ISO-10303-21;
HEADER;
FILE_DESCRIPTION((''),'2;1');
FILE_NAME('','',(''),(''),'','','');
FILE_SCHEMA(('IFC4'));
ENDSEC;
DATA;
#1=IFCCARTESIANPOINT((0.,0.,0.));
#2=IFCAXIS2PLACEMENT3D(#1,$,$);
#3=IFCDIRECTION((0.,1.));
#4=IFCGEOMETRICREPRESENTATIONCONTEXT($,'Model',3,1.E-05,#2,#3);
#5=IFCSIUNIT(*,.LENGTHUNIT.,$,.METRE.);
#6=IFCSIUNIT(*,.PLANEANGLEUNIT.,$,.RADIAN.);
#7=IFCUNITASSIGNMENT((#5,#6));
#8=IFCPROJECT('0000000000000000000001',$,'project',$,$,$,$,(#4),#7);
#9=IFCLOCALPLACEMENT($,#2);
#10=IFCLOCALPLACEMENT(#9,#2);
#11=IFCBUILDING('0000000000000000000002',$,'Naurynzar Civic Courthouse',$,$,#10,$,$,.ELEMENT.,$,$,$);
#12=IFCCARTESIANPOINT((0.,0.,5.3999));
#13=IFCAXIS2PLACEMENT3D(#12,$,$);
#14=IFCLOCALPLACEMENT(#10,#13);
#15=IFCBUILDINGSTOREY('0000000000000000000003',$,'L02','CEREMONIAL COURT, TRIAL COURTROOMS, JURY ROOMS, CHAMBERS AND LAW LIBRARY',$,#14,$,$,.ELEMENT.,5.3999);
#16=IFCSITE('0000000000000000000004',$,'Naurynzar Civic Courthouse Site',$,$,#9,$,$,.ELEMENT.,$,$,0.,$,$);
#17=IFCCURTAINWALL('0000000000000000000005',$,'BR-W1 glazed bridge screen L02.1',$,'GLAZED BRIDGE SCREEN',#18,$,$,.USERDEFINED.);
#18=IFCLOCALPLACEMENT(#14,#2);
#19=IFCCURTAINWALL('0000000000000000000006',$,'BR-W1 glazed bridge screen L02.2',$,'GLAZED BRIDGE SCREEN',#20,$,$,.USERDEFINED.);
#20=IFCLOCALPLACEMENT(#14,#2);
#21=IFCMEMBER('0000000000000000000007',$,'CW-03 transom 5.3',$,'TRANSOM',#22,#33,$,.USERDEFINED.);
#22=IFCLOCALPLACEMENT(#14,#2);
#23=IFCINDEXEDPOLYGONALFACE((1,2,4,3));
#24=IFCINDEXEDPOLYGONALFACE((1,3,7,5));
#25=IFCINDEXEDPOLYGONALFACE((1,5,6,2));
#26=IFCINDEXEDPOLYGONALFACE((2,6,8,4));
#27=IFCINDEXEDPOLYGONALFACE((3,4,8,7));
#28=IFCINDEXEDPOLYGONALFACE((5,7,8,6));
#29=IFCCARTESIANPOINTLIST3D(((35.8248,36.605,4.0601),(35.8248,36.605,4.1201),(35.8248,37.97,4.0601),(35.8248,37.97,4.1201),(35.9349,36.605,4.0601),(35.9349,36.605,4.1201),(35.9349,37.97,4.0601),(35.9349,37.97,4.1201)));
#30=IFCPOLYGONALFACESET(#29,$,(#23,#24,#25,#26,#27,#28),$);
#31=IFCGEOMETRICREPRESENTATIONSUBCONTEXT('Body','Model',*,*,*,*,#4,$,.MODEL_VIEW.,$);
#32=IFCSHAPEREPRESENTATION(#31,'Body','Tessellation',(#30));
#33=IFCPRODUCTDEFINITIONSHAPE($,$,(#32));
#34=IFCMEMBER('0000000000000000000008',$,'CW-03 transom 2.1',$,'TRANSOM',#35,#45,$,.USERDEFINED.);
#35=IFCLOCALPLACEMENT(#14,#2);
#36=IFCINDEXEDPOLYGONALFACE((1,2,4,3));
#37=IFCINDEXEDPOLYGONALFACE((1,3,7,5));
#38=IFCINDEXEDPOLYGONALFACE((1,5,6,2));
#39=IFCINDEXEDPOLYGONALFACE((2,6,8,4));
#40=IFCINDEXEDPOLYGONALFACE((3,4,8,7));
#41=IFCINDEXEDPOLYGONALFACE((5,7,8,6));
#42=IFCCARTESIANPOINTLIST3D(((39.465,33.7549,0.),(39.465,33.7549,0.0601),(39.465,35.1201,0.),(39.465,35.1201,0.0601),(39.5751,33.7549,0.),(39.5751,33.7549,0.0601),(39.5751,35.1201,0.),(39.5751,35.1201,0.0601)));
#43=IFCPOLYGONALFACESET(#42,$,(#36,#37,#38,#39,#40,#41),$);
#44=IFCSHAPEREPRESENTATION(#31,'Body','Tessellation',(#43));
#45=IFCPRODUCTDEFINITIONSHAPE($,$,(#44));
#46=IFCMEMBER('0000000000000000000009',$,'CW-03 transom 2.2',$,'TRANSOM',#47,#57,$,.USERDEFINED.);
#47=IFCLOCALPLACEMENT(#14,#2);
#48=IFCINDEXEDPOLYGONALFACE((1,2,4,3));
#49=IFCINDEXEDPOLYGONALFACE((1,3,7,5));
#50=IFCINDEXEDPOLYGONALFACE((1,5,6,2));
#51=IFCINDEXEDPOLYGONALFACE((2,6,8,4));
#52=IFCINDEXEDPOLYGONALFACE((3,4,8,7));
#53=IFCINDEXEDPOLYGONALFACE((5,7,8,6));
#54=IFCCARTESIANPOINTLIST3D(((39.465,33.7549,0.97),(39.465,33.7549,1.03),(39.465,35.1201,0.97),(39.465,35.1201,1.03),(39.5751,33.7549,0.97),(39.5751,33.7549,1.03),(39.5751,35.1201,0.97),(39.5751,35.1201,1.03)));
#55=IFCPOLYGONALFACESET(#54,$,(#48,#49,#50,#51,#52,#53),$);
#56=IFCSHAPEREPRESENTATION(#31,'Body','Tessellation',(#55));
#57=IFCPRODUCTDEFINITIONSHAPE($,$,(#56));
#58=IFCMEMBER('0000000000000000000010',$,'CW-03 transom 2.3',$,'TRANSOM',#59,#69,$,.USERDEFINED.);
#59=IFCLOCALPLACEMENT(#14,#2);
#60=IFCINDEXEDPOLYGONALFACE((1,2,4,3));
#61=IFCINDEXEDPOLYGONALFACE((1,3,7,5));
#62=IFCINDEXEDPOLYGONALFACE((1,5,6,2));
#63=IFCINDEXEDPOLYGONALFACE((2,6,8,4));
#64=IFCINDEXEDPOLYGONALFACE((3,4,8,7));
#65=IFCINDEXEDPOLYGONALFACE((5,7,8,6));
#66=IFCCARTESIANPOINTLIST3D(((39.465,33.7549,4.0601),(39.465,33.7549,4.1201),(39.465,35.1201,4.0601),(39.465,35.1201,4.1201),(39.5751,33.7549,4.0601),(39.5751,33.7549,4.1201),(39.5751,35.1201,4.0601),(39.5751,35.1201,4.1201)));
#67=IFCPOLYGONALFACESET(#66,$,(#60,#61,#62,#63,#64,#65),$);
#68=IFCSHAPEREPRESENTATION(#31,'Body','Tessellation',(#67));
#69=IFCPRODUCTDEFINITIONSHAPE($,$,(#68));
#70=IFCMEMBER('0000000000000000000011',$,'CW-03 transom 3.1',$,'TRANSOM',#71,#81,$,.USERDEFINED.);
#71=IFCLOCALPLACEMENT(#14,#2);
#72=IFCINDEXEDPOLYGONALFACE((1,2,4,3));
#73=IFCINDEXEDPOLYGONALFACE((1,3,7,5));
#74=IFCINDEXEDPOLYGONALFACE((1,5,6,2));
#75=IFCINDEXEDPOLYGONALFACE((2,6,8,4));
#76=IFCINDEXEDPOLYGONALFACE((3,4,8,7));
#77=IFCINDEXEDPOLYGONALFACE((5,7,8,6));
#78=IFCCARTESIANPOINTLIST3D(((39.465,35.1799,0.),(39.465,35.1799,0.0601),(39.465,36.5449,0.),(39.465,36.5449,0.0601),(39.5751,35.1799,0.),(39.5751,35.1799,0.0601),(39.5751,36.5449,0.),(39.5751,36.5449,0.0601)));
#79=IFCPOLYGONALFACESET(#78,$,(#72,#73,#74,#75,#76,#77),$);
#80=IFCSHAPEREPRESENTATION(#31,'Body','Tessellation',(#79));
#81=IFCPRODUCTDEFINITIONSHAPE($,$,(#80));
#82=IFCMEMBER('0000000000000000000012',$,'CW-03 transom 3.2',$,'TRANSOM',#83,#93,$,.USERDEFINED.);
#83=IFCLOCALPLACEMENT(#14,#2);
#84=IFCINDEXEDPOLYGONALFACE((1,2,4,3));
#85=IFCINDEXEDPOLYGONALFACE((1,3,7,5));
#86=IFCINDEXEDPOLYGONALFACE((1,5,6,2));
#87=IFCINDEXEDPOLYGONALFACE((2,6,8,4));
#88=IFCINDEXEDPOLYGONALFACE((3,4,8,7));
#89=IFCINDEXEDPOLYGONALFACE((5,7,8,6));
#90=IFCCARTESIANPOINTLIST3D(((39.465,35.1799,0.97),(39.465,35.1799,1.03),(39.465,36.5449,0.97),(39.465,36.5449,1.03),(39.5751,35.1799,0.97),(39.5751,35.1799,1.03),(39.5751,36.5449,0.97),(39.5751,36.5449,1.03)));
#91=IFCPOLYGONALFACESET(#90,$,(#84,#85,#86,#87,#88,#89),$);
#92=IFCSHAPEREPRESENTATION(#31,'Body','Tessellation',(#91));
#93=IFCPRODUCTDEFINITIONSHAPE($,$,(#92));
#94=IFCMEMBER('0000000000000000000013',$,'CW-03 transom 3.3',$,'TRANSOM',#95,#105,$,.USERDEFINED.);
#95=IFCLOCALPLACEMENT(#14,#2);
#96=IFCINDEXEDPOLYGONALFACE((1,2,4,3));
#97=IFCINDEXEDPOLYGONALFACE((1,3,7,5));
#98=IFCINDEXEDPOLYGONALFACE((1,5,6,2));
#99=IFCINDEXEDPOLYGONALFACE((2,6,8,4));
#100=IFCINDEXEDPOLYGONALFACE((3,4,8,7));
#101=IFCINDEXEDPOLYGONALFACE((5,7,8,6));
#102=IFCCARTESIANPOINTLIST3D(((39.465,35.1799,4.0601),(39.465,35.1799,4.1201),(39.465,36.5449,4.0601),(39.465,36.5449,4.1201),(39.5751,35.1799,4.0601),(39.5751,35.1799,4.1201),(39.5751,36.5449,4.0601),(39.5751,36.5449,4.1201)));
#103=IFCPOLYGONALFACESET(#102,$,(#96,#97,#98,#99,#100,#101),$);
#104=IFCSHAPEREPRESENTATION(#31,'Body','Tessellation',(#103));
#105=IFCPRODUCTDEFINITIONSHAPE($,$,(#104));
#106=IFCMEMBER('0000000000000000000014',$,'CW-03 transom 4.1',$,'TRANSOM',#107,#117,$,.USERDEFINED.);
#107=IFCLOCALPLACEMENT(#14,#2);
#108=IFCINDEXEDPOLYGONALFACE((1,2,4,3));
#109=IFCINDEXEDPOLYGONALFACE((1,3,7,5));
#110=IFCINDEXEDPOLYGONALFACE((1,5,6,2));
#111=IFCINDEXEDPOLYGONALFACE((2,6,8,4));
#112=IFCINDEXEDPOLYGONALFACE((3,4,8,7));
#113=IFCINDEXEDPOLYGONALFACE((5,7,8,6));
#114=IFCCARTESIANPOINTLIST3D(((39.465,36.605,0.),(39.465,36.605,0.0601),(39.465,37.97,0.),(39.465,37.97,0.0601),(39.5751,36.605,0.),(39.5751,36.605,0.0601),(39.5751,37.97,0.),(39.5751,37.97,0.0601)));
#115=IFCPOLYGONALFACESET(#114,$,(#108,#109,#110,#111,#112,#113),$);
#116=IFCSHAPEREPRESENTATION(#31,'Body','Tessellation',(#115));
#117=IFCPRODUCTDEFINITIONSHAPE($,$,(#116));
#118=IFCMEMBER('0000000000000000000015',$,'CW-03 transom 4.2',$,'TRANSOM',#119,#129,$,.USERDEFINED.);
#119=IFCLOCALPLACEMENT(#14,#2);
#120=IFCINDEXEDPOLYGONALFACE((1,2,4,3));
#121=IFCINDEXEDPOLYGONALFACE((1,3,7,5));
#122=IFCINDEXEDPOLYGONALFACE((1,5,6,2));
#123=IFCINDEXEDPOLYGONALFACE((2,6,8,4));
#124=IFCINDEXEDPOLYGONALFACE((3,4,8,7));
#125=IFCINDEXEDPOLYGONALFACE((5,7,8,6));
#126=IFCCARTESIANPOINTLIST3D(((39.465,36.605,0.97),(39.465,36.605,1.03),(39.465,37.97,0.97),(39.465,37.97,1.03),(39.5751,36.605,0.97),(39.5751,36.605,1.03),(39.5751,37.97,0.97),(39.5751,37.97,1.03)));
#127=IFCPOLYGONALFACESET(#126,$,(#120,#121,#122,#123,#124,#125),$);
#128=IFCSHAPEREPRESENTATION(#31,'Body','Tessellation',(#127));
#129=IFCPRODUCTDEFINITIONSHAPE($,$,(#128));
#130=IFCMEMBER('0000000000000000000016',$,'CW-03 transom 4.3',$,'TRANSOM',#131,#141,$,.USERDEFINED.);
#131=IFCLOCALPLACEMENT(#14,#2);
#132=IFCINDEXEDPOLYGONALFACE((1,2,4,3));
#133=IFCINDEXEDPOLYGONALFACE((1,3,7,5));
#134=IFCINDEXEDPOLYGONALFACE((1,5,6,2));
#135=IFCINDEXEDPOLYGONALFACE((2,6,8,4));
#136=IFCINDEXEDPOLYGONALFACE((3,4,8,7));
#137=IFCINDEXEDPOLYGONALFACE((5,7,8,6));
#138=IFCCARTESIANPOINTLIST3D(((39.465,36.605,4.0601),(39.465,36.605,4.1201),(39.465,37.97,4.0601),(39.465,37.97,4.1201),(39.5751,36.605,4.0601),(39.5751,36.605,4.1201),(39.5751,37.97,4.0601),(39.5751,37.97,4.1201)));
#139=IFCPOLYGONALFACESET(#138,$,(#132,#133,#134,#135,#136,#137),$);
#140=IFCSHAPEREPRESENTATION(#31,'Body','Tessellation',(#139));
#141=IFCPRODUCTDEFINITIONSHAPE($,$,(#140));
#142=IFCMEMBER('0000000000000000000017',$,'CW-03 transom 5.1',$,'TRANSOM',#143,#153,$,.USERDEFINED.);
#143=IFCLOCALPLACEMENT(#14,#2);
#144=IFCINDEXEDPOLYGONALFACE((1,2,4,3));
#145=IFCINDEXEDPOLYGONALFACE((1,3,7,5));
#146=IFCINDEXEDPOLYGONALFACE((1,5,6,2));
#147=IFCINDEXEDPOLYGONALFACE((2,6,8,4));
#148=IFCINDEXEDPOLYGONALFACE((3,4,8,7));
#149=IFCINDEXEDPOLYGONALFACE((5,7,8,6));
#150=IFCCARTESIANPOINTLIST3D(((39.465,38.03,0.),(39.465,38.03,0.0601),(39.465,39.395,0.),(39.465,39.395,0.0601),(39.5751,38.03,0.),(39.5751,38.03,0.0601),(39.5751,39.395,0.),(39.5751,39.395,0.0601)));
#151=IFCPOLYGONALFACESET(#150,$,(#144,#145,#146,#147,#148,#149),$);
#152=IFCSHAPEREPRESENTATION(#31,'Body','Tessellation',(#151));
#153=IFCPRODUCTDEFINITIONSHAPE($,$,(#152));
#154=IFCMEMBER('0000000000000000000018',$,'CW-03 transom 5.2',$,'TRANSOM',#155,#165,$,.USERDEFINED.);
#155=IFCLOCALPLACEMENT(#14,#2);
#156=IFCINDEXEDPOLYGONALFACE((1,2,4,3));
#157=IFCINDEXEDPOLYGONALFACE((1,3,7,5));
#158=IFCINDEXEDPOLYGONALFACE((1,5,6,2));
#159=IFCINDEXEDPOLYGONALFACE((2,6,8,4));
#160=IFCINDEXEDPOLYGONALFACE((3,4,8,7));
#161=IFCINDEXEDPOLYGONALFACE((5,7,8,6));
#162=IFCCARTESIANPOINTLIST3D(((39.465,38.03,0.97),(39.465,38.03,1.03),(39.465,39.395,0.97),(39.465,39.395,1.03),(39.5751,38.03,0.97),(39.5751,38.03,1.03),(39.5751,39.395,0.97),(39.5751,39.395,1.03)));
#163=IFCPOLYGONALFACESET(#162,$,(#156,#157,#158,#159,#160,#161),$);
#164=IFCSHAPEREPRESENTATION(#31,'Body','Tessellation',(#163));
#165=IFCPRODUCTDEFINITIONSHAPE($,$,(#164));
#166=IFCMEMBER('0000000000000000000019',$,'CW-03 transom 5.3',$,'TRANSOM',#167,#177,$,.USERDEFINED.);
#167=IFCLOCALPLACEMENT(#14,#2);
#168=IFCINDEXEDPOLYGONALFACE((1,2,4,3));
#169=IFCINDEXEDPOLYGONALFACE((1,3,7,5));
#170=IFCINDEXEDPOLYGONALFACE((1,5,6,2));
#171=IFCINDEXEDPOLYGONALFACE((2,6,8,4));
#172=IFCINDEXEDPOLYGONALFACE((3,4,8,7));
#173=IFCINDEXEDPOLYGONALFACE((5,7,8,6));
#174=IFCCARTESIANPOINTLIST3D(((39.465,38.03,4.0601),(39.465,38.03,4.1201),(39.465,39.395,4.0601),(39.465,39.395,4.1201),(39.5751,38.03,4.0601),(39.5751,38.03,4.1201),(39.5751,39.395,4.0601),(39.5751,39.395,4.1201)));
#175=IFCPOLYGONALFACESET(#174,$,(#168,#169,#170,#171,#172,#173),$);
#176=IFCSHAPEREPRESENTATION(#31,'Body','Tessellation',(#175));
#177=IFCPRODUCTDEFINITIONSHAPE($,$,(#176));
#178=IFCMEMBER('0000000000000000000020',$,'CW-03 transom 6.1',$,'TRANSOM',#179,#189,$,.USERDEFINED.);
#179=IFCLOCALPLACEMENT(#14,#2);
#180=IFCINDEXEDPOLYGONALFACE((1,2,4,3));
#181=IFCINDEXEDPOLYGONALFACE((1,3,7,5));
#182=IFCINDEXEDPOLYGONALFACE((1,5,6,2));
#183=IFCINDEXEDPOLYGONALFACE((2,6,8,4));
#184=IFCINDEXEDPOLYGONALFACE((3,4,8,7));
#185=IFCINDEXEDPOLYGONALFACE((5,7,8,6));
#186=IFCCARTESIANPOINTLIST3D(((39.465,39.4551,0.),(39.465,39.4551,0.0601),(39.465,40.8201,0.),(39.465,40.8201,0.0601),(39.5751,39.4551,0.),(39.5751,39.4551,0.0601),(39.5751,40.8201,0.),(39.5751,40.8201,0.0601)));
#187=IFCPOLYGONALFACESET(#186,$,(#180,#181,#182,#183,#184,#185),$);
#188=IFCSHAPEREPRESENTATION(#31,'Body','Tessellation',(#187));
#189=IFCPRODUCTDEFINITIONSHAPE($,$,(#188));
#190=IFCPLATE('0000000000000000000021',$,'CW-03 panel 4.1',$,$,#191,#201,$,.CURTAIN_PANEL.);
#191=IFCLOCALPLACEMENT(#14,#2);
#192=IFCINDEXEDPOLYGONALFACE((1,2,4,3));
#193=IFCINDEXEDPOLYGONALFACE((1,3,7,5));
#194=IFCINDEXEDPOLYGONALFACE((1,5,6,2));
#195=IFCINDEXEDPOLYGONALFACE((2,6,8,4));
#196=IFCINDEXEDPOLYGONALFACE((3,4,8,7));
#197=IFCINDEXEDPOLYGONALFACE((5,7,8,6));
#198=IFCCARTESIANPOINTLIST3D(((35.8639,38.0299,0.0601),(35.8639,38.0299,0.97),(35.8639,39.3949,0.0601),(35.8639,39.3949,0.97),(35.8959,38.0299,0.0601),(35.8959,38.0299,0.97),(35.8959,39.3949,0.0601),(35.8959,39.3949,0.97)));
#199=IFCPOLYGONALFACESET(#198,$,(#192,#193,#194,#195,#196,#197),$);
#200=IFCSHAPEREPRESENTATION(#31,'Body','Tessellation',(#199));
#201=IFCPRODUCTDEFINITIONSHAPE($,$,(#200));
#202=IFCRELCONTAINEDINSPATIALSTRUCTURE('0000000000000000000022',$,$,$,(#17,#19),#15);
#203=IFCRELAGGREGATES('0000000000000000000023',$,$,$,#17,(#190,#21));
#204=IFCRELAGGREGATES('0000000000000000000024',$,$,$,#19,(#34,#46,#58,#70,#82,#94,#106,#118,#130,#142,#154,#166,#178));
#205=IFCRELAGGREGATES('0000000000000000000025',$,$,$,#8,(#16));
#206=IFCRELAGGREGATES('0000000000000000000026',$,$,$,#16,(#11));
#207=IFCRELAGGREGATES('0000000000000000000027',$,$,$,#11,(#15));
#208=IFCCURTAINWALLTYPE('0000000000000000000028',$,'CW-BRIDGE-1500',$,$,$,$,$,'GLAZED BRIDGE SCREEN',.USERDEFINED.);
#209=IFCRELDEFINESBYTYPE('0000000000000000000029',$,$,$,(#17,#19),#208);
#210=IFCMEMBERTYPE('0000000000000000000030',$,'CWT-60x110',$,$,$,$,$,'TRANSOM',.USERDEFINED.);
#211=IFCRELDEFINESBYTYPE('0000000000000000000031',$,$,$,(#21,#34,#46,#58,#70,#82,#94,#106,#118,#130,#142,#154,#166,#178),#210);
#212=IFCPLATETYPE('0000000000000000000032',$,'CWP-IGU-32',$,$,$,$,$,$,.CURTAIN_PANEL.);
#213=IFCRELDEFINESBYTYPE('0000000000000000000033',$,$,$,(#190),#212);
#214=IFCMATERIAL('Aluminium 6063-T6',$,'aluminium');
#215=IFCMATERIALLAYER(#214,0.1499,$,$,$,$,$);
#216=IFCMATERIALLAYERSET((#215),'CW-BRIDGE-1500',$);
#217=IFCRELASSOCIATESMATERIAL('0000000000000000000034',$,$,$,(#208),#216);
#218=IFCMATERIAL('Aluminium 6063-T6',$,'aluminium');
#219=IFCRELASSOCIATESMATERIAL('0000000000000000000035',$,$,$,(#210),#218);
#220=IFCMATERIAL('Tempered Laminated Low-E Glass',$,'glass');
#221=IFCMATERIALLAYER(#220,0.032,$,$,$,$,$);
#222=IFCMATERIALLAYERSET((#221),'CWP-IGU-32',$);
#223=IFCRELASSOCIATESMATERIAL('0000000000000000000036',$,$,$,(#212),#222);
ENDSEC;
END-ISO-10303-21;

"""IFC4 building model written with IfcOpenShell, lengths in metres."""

from ifc_helpers import new_model, si_unit, direction, frame, origin, origin_2d, place, context, subcontext, project, spatial, rectangle, extrude, material, layer, layer_set, material_profile, profile_set, type_object, element, aggregate, save


model = new_model("IFC4")

# Units and contexts
model_context = context("Model", 3, precision=1e-05, world=origin(), true_north=direction((0.0, 1.0)))
body_context = subcontext(model_context, "Body", "Model", "MODEL_VIEW")
ifc_project = project(units=[si_unit("LENGTHUNIT", "METRE"), si_unit("PLANEANGLEUNIT", "RADIAN")], contexts=[model_context])

# Site, building, storey
site_placement = place(None, origin())
site = spatial("IfcSite", under=ifc_project, at=site_placement, Name="Naurynzar Civic Courthouse Site", CompositionType="ELEMENT", RefElevation=0.0)
building_placement = place(site_placement, origin())
building = spatial("IfcBuilding", under=site, at=building_placement, Name="Naurynzar Civic Courthouse", CompositionType="ELEMENT")
storey_placement = place(building_placement, frame((0.0, 0.0, 5.3999)))
storey = spatial("IfcBuildingStorey", under=building, at=storey_placement, Name="L02", Description="CEREMONIAL COURT, TRIAL COURTROOMS, JURY ROOMS, CHAMBERS AND LAW LIBRARY", CompositionType="ELEMENT", Elevation=5.3999)

# Curtain walls
ifc_material_1 = material(Name="Aluminium 6063-T6", Category="aluminium")
ifc_layer_1 = layer(ifc_material_1, 0.1499)
ifc_layer_set_1 = layer_set([ifc_layer_1], Name="CW-BRIDGE-1500")
curtain_wall_type = type_object("IfcCurtainWallType", Name="CW-BRIDGE-1500", ElementType="GLAZED BRIDGE SCREEN", PredefinedType="USERDEFINED", material=ifc_layer_set_1)
curtain_wall_1_placement = place(storey_placement, origin())
curtain_wall_1 = element("IfcCurtainWall", 1, at=curtain_wall_1_placement, inside=storey, type_object=curtain_wall_type, Name="BR-W1 glazed bridge screen L02.1", ObjectType="GLAZED BRIDGE SCREEN", PredefinedType="USERDEFINED")
curtain_wall_2_placement = place(storey_placement, origin())
curtain_wall_2 = element("IfcCurtainWall", 2, at=curtain_wall_2_placement, inside=storey, type_object=curtain_wall_type, Name="BR-W1 glazed bridge screen L02.2", ObjectType="GLAZED BRIDGE SCREEN", PredefinedType="USERDEFINED")

# Members
ifc_material_2 = material(Name="Aluminium 6063-T6", Category="aluminium")
ifc_material_profile_1 = material_profile(ifc_material_2, rectangle(XDim=0.1101, YDim=0.0601, at=origin_2d()), Name="ALU TRANSOM 60x110")
ifc_profile_set_1 = profile_set([ifc_material_profile_1], Name="Aluminium 6063-T6")
member_type_1 = type_object("IfcMemberType", Name="CWT-60x110", ElementType="TRANSOM", PredefinedType="USERDEFINED", material=ifc_profile_set_1)
member_1_placement = place(storey_placement, frame((35.8799, 37.97, 4.0901), z_axis=(0.0, -1.0, 0.0), x_axis=(1.0, 0.0, 0.0)))
member_1 = element("IfcMember", 3, at=member_1_placement, type_object=member_type_1, Name="CW-03 transom 5.3", ObjectType="TRANSOM", PredefinedType="USERDEFINED", context=body_context, shape_type="SweptSolid", body=[
    extrude(rectangle(XDim=0.1101, YDim=0.0601, at=origin_2d()), origin(), (0.0, 0.0, 1.0), 1.365),
])
member_2_placement = place(storey_placement, frame((39.52, 33.7549, 0.03), z_axis=(0.0, 1.0, 0.0), x_axis=(-1.0, 0.0, 0.0)))
member_2 = element("IfcMember", 4, at=member_2_placement, type_object=member_type_1, Name="CW-03 transom 2.1", ObjectType="TRANSOM", PredefinedType="USERDEFINED", context=body_context, shape_type="SweptSolid", body=[
    extrude(rectangle(XDim=0.1101, YDim=0.0601, at=origin_2d()), origin(), (0.0, 0.0, 1.0), 1.3652),
])
member_3_placement = place(storey_placement, frame((39.52, 33.7549, 1.0), z_axis=(0.0, 1.0, 0.0), x_axis=(-1.0, 0.0, 0.0)))
member_3 = element("IfcMember", 5, at=member_3_placement, type_object=member_type_1, Name="CW-03 transom 2.2", ObjectType="TRANSOM", PredefinedType="USERDEFINED", context=body_context, shape_type="SweptSolid", body=[
    extrude(rectangle(XDim=0.1101, YDim=0.0601, at=origin_2d()), origin(), (0.0, 0.0, 1.0), 1.3652),
])
member_4_placement = place(storey_placement, frame((39.52, 33.7549, 4.0901), z_axis=(0.0, 1.0, 0.0), x_axis=(-1.0, 0.0, 0.0)))
member_4 = element("IfcMember", 6, at=member_4_placement, type_object=member_type_1, Name="CW-03 transom 2.3", ObjectType="TRANSOM", PredefinedType="USERDEFINED", context=body_context, shape_type="SweptSolid", body=[
    extrude(rectangle(XDim=0.1101, YDim=0.0601, at=origin_2d()), origin(), (0.0, 0.0, 1.0), 1.3652),
])
member_5_placement = place(storey_placement, frame((39.52, 35.1799, 0.03), z_axis=(0.0, 1.0, 0.0), x_axis=(-1.0, 0.0, 0.0)))
member_5 = element("IfcMember", 7, at=member_5_placement, type_object=member_type_1, Name="CW-03 transom 3.1", ObjectType="TRANSOM", PredefinedType="USERDEFINED", context=body_context, shape_type="SweptSolid", body=[
    extrude(rectangle(XDim=0.1101, YDim=0.0601, at=origin_2d()), origin(), (0.0, 0.0, 1.0), 1.365),
])
member_6_placement = place(storey_placement, frame((39.52, 35.1799, 1.0), z_axis=(0.0, 1.0, 0.0), x_axis=(-1.0, 0.0, 0.0)))
member_6 = element("IfcMember", 8, at=member_6_placement, type_object=member_type_1, Name="CW-03 transom 3.2", ObjectType="TRANSOM", PredefinedType="USERDEFINED", context=body_context, shape_type="SweptSolid", body=[
    extrude(rectangle(XDim=0.1101, YDim=0.0601, at=origin_2d()), origin(), (0.0, 0.0, 1.0), 1.365),
])
member_7_placement = place(storey_placement, frame((39.52, 35.1799, 4.0901), z_axis=(0.0, 1.0, 0.0), x_axis=(-1.0, 0.0, 0.0)))
member_7 = element("IfcMember", 9, at=member_7_placement, type_object=member_type_1, Name="CW-03 transom 3.3", ObjectType="TRANSOM", PredefinedType="USERDEFINED", context=body_context, shape_type="SweptSolid", body=[
    extrude(rectangle(XDim=0.1101, YDim=0.0601, at=origin_2d()), origin(), (0.0, 0.0, 1.0), 1.365),
])
member_8_placement = place(storey_placement, frame((39.52, 36.605, 0.03), z_axis=(0.0, 1.0, 0.0), x_axis=(-1.0, 0.0, 0.0)))
member_8 = element("IfcMember", 10, at=member_8_placement, type_object=member_type_1, Name="CW-03 transom 4.1", ObjectType="TRANSOM", PredefinedType="USERDEFINED", context=body_context, shape_type="SweptSolid", body=[
    extrude(rectangle(XDim=0.1101, YDim=0.0601, at=origin_2d()), origin(), (0.0, 0.0, 1.0), 1.365),
])
member_9_placement = place(storey_placement, frame((39.52, 36.605, 1.0), z_axis=(0.0, 1.0, 0.0), x_axis=(-1.0, 0.0, 0.0)))
member_9 = element("IfcMember", 11, at=member_9_placement, type_object=member_type_1, Name="CW-03 transom 4.2", ObjectType="TRANSOM", PredefinedType="USERDEFINED", context=body_context, shape_type="SweptSolid", body=[
    extrude(rectangle(XDim=0.1101, YDim=0.0601, at=origin_2d()), origin(), (0.0, 0.0, 1.0), 1.365),
])
member_10_placement = place(storey_placement, frame((39.52, 36.605, 4.0901), z_axis=(0.0, 1.0, 0.0), x_axis=(-1.0, 0.0, 0.0)))
member_10 = element("IfcMember", 12, at=member_10_placement, type_object=member_type_1, Name="CW-03 transom 4.3", ObjectType="TRANSOM", PredefinedType="USERDEFINED", context=body_context, shape_type="SweptSolid", body=[
    extrude(rectangle(XDim=0.1101, YDim=0.0601, at=origin_2d()), origin(), (0.0, 0.0, 1.0), 1.365),
])
member_11_placement = place(storey_placement, frame((39.52, 38.03, 0.03), z_axis=(0.0, 1.0, 0.0), x_axis=(-1.0, 0.0, 0.0)))
member_11 = element("IfcMember", 13, at=member_11_placement, type_object=member_type_1, Name="CW-03 transom 5.1", ObjectType="TRANSOM", PredefinedType="USERDEFINED", context=body_context, shape_type="SweptSolid", body=[
    extrude(rectangle(XDim=0.1101, YDim=0.0601, at=origin_2d()), origin(), (0.0, 0.0, 1.0), 1.365),
])
member_12_placement = place(storey_placement, frame((39.52, 38.03, 1.0), z_axis=(0.0, 1.0, 0.0), x_axis=(-1.0, 0.0, 0.0)))
member_12 = element("IfcMember", 14, at=member_12_placement, type_object=member_type_1, Name="CW-03 transom 5.2", ObjectType="TRANSOM", PredefinedType="USERDEFINED", context=body_context, shape_type="SweptSolid", body=[
    extrude(rectangle(XDim=0.1101, YDim=0.0601, at=origin_2d()), origin(), (0.0, 0.0, 1.0), 1.365),
])
member_13_placement = place(storey_placement, frame((39.52, 38.03, 4.0901), z_axis=(0.0, 1.0, 0.0), x_axis=(-1.0, 0.0, 0.0)))
member_13 = element("IfcMember", 15, at=member_13_placement, type_object=member_type_1, Name="CW-03 transom 5.3", ObjectType="TRANSOM", PredefinedType="USERDEFINED", context=body_context, shape_type="SweptSolid", body=[
    extrude(rectangle(XDim=0.1101, YDim=0.0601, at=origin_2d()), origin(), (0.0, 0.0, 1.0), 1.365),
])
member_14_placement = place(storey_placement, frame((39.52, 39.4551, 0.03), z_axis=(0.0, 1.0, 0.0), x_axis=(-1.0, 0.0, 0.0)))
member_14 = element("IfcMember", 16, at=member_14_placement, type_object=member_type_1, Name="CW-03 transom 6.1", ObjectType="TRANSOM", PredefinedType="USERDEFINED", context=body_context, shape_type="SweptSolid", body=[
    extrude(rectangle(XDim=0.1101, YDim=0.0601, at=origin_2d()), origin(), (0.0, 0.0, 1.0), 1.365),
])

# Plate
ifc_material_3 = material(Name="Tempered Laminated Low-E Glass", Category="glass")
ifc_layer_2 = layer(ifc_material_3, 0.032)
ifc_layer_set_2 = layer_set([ifc_layer_2], Name="CWP-IGU-32")
plate_type = type_object("IfcPlateType", Name="CWP-IGU-32", PredefinedType="CURTAIN_PANEL", material=ifc_layer_set_2)
plate_1_placement = place(storey_placement, frame((35.8799, 38.7124, 0.0601), z_axis=(0.0, 0.0, 1.0), x_axis=(0.0, -1.0, 0.0)))
plate_1 = element("IfcPlate", 17, at=plate_1_placement, type_object=plate_type, Name="CW-03 panel 4.1", PredefinedType="CURTAIN_PANEL", context=body_context, shape_type="SweptSolid", body=[
    extrude(rectangle(XDim=1.365, YDim=0.032, at=origin_2d()), origin(), (0.0, 0.0, 1.0), 0.9099),
])
aggregate(curtain_wall_1, [plate_1, member_1])
aggregate(curtain_wall_2, [member_2, member_3, member_4, member_5, member_6, member_7, member_8, member_9, member_10, member_11, member_12, member_13, member_14])

save(model, "model.ifc")
